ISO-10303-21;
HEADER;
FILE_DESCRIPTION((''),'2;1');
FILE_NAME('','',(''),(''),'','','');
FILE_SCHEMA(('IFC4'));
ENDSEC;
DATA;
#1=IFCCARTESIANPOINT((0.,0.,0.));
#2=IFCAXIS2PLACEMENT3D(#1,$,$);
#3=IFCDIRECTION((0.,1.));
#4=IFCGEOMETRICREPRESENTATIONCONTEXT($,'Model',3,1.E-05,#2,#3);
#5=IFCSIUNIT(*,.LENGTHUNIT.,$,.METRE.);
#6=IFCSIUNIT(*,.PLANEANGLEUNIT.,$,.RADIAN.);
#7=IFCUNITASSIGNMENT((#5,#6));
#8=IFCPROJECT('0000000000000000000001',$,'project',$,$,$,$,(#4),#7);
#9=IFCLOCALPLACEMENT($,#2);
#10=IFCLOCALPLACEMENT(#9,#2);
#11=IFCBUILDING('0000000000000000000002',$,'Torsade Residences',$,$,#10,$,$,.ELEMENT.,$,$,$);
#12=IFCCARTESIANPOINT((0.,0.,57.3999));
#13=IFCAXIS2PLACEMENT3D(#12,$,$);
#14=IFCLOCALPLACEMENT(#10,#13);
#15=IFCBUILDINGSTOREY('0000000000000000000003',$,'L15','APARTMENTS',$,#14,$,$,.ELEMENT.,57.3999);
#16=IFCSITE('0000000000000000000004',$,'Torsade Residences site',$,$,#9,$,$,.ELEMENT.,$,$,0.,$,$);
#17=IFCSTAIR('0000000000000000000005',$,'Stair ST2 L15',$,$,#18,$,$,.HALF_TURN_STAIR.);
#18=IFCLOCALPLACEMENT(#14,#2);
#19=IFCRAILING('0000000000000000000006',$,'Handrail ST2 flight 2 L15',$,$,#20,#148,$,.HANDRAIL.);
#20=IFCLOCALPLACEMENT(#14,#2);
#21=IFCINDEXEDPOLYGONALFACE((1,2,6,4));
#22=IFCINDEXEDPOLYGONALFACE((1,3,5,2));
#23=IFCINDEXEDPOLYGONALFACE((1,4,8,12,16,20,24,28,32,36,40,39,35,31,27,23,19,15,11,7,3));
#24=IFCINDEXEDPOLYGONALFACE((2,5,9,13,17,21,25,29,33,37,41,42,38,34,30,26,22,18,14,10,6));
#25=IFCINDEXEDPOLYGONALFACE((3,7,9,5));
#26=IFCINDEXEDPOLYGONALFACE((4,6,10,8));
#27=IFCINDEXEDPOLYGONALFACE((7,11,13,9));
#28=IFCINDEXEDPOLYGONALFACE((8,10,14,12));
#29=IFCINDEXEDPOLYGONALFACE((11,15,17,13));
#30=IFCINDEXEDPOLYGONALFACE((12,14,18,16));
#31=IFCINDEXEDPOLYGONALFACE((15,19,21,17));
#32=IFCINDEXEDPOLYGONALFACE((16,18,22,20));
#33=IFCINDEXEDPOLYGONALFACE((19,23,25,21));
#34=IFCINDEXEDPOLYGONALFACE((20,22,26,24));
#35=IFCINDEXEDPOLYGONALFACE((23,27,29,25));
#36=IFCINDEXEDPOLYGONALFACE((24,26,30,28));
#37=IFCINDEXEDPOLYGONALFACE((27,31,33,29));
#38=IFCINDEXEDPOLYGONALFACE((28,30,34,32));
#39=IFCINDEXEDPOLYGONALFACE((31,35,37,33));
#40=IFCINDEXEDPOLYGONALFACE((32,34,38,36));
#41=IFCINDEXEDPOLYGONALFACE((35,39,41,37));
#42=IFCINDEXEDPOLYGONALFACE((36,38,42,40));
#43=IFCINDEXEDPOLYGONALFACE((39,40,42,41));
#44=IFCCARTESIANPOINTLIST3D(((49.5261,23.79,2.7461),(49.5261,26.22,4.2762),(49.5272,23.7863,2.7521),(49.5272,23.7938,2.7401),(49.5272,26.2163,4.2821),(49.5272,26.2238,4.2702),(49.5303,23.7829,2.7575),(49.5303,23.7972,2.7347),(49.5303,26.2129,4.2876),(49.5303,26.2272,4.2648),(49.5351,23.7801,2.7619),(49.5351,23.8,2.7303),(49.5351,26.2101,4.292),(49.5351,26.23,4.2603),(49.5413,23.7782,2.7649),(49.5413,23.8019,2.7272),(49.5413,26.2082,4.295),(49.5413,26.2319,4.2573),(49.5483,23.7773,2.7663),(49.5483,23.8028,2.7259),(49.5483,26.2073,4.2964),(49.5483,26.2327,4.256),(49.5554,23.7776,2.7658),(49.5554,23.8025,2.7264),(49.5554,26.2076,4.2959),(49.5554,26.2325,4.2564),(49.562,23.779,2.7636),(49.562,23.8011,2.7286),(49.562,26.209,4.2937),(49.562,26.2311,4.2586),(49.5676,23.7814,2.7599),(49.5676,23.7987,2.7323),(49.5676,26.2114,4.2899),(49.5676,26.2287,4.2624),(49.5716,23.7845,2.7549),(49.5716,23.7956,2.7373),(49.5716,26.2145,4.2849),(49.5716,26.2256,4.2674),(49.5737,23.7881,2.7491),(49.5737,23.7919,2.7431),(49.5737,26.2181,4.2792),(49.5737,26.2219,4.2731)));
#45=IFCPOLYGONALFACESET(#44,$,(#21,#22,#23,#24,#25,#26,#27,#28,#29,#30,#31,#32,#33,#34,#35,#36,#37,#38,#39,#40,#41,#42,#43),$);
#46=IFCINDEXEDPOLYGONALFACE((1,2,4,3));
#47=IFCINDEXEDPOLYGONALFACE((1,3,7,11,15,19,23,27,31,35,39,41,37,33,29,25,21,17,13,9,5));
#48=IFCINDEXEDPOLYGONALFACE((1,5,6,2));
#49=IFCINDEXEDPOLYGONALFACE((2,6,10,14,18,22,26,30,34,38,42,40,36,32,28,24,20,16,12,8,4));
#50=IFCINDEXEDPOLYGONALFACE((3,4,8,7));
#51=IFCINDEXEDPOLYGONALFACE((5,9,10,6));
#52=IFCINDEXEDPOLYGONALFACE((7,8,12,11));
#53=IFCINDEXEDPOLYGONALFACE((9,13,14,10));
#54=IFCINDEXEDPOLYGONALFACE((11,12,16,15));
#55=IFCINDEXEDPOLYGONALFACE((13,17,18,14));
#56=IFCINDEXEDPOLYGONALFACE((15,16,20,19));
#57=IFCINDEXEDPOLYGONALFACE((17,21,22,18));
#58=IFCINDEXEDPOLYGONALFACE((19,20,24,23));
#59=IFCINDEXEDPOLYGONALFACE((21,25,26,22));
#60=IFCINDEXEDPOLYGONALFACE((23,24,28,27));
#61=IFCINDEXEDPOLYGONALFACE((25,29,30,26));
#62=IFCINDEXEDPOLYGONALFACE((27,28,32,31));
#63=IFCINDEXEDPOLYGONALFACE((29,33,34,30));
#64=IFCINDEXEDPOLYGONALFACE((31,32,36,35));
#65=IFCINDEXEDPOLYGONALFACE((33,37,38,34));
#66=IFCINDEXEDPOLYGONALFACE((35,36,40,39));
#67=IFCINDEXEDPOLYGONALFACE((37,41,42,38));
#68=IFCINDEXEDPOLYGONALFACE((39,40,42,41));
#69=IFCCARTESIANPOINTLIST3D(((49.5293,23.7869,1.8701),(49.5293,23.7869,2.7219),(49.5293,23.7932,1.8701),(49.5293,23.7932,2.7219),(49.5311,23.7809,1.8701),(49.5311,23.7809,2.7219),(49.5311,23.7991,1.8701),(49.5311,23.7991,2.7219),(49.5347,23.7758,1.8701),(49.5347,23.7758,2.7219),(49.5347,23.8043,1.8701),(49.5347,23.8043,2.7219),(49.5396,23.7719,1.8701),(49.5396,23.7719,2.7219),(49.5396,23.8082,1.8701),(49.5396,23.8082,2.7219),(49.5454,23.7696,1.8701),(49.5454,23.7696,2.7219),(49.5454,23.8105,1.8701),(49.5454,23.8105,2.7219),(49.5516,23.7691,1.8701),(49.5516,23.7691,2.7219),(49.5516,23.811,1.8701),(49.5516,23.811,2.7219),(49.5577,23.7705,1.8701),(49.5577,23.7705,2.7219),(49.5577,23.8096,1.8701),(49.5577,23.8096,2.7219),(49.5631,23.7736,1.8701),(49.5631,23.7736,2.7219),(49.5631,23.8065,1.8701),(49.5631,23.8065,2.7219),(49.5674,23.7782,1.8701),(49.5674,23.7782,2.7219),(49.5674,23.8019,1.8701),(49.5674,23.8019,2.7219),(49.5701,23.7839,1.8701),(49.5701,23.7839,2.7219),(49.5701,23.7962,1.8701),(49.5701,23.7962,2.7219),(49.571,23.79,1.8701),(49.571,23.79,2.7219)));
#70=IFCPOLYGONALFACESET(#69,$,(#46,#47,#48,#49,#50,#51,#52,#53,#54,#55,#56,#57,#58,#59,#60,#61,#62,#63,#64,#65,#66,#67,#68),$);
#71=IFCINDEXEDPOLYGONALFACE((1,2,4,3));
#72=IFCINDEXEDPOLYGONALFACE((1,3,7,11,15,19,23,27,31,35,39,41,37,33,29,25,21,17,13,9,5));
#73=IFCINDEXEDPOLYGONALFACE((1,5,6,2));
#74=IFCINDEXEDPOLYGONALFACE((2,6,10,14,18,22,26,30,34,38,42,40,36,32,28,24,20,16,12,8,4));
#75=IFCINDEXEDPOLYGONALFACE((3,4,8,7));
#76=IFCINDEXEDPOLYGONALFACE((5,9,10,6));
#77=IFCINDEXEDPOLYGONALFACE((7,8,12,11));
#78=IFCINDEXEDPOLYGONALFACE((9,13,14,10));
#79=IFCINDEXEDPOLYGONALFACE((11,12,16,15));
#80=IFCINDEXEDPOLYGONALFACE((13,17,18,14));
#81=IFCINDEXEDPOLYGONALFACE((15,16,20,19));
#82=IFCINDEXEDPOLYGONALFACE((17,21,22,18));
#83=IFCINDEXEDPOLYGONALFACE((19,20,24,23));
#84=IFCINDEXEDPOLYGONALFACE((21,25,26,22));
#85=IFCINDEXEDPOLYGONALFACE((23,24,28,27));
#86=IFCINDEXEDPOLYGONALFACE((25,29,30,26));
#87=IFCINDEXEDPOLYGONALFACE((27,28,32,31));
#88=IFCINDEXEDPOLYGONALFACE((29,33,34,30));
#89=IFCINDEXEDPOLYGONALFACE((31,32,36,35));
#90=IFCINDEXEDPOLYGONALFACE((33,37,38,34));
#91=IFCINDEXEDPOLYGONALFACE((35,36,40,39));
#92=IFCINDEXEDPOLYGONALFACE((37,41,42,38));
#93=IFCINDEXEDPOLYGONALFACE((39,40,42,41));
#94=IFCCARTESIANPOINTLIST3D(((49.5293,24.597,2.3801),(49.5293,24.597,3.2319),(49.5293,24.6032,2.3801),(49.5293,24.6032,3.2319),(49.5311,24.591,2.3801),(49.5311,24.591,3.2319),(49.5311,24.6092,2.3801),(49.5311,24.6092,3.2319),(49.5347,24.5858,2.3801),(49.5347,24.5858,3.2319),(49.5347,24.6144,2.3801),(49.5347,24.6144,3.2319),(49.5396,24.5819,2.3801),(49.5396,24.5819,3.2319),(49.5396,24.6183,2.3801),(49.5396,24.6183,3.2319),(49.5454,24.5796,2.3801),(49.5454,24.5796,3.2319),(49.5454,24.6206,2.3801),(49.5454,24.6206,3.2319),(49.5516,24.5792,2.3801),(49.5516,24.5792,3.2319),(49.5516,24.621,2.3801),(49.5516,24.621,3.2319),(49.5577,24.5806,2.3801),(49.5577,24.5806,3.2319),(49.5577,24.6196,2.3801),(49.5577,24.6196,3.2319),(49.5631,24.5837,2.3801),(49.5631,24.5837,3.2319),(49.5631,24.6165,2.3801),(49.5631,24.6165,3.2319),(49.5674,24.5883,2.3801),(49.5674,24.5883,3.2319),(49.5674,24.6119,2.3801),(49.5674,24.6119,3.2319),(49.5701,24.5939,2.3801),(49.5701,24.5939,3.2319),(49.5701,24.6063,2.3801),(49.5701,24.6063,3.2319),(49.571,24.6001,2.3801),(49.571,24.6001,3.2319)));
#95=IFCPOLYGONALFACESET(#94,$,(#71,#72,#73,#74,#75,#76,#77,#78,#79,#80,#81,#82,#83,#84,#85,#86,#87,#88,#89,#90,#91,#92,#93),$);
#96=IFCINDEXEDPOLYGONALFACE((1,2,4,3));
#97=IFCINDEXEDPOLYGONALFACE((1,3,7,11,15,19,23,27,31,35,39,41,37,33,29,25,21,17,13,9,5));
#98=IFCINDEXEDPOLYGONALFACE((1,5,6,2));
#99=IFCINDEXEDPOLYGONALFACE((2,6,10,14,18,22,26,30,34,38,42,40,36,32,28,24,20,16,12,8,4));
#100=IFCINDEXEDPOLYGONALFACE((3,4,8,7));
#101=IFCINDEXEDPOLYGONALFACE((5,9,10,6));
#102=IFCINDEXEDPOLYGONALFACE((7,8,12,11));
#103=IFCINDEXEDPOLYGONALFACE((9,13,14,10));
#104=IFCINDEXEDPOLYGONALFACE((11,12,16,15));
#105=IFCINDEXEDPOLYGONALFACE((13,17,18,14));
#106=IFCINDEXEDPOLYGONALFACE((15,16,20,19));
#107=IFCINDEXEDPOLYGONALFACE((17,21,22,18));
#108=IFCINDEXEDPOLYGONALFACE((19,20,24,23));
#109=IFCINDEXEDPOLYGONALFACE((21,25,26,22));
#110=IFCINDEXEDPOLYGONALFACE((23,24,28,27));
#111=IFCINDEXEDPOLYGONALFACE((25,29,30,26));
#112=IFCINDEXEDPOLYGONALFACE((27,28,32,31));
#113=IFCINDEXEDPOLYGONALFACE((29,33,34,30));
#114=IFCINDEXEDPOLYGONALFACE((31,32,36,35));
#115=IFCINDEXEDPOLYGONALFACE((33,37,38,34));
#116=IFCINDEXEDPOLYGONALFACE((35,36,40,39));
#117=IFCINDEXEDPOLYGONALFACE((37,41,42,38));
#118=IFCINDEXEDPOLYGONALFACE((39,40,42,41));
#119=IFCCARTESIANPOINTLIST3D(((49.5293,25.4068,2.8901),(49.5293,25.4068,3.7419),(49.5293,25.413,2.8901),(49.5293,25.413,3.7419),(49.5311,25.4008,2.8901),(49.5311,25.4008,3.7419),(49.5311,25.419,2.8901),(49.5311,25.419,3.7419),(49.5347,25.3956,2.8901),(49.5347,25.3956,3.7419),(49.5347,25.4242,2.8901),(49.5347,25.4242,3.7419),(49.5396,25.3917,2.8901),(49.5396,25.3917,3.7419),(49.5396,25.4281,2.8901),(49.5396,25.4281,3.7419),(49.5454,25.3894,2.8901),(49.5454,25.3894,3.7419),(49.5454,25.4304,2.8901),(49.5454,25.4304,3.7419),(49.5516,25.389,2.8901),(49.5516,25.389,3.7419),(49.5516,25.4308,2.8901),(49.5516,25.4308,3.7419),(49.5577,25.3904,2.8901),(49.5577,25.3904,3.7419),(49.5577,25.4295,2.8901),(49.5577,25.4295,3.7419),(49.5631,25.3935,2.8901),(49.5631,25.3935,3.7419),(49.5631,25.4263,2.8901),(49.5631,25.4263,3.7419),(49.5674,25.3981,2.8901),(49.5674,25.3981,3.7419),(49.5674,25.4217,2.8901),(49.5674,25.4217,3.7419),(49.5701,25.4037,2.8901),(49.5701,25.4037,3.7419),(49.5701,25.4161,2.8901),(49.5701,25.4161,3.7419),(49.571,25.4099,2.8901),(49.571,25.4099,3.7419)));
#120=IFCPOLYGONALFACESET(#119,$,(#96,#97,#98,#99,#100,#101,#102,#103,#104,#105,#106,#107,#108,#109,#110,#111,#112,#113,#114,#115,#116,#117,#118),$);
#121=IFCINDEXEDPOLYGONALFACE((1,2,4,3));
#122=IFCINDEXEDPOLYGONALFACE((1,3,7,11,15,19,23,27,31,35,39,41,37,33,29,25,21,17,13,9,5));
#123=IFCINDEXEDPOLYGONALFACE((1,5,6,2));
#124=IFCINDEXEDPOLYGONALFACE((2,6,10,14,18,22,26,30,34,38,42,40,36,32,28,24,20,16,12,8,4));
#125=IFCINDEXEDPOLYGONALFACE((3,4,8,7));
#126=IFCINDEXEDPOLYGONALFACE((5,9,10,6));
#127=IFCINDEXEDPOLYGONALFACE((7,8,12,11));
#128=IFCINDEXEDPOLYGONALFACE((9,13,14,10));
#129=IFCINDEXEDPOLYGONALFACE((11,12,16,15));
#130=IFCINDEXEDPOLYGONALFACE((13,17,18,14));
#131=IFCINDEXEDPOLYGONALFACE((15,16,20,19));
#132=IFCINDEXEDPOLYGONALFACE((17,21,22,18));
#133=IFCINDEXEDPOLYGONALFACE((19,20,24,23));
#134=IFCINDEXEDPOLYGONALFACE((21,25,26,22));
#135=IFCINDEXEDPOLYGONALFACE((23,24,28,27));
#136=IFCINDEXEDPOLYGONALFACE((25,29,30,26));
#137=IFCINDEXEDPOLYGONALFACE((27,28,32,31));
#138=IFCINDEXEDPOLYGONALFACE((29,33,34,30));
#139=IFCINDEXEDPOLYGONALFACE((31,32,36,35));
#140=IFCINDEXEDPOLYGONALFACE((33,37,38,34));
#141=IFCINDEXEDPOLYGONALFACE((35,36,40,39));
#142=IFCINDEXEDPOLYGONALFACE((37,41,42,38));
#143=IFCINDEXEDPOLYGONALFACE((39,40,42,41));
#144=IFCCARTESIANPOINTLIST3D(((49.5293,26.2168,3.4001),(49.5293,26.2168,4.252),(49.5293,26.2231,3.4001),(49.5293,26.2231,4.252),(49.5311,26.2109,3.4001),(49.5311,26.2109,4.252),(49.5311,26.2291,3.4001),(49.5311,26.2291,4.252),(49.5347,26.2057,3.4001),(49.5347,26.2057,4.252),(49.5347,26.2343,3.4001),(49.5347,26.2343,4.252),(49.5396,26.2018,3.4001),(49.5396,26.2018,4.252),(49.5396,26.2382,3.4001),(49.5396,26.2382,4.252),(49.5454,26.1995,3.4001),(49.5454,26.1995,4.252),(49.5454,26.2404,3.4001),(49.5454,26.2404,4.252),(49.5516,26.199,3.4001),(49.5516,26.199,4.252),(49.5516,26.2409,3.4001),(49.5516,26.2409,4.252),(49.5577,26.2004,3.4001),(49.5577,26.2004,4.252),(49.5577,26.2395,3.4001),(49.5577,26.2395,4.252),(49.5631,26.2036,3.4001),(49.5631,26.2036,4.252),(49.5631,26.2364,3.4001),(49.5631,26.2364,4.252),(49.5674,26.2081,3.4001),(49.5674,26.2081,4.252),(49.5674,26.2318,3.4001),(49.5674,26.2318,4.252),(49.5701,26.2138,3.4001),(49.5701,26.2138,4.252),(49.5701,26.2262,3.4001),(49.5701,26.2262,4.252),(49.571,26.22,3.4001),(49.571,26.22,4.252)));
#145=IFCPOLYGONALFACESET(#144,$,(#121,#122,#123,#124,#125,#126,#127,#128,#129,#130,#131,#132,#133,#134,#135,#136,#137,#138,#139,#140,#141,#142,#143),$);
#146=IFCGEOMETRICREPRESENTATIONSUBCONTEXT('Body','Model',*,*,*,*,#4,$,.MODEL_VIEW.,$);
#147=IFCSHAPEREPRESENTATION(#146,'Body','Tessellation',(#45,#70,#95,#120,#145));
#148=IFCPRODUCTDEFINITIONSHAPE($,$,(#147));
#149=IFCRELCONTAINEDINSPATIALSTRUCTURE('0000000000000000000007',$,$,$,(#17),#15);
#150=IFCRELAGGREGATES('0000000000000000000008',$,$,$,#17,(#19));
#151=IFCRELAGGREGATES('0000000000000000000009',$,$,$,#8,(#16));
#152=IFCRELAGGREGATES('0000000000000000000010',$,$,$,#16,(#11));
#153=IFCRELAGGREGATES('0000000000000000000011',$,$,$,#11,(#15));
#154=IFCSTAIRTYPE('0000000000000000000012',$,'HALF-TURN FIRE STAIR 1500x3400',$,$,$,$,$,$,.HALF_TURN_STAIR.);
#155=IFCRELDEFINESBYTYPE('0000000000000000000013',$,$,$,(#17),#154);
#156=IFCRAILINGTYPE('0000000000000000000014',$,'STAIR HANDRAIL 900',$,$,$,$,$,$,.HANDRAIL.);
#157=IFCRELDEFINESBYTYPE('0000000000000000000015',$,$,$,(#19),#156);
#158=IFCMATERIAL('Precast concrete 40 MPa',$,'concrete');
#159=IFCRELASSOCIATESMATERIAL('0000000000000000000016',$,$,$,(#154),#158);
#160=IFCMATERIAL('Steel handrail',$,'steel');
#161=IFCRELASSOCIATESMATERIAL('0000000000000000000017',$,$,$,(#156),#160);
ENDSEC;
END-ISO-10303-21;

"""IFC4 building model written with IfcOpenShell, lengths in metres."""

from ifc_helpers import new_model, si_unit, direction, frame, origin, origin_2d, place, context, subcontext, project, spatial, circle, extrude, material, type_object, element, aggregate, save


model = new_model("IFC4")

# Units and contexts
model_context = context("Model", 3, precision=1e-05, world=origin(), true_north=direction((0.0, 1.0)))
body_context = subcontext(model_context, "Body", "Model", "MODEL_VIEW")
ifc_project = project(units=[si_unit("LENGTHUNIT", "METRE"), si_unit("PLANEANGLEUNIT", "RADIAN")], contexts=[model_context])

# Site, building, storey
site_placement = place(None, origin())
site = spatial("IfcSite", under=ifc_project, at=site_placement, Name="Torsade Residences site", CompositionType="ELEMENT", RefElevation=0.0)
building_placement = place(site_placement, origin())
building = spatial("IfcBuilding", under=site, at=building_placement, Name="Torsade Residences", CompositionType="ELEMENT")
storey_placement = place(building_placement, frame((0.0, 0.0, 57.3999)))
storey = spatial("IfcBuildingStorey", under=building, at=storey_placement, Name="L15", Description="APARTMENTS", CompositionType="ELEMENT", Elevation=57.3999)

# Stair, railing
ifc_material_1 = material(Name="Precast concrete 40 MPa", Category="concrete")
stair_type = type_object("IfcStairType", Name="HALF-TURN FIRE STAIR 1500x3400", PredefinedType="HALF_TURN_STAIR", material=ifc_material_1)
stair_placement = place(storey_placement, origin())
stair = element("IfcStair", 1, at=stair_placement, inside=storey, type_object=stair_type, Name="Stair ST2 L15", PredefinedType="HALF_TURN_STAIR")
ifc_material_2 = material(Name="Steel handrail", Category="steel")
railing_type = type_object("IfcRailingType", Name="STAIR HANDRAIL 900", PredefinedType="HANDRAIL", material=ifc_material_2)
railing_1_placement = place(storey_placement, frame((49.55, 23.79, 1.8701)))
railing_1 = element("IfcRailing", 2, at=railing_1_placement, type_object=railing_type, Name="Handrail ST2 flight 2 L15", PredefinedType="HANDRAIL", context=body_context, shape_type="SweptSolid", body=[
    extrude(circle(Radius=0.0239, at=origin_2d()), frame((0.0, 0.0, 0.876), z_axis=(0.0, 0.846221, 0.532831), x_axis=(-1.0, 0.0, 0.0)), (0.0, 0.0, 1.0), 2.8716),
    extrude(circle(Radius=0.021, at=origin_2d()), origin(), (0.0, 0.0, 1.0), 0.8518),
    extrude(circle(Radius=0.021, at=origin_2d()), frame((0.0, 0.8101, 0.51)), (0.0, 0.0, 1.0), 0.8518),
    extrude(circle(Radius=0.021, at=origin_2d()), frame((0.0, 1.6199, 1.02)), (0.0, 0.0, 1.0), 0.8518),
    extrude(circle(Radius=0.021, at=origin_2d()), frame((0.0, 2.4299, 1.53)), (0.0, 0.0, 1.0), 0.8518),
])
aggregate(stair, [railing_1])

save(model, "model.ifc")
